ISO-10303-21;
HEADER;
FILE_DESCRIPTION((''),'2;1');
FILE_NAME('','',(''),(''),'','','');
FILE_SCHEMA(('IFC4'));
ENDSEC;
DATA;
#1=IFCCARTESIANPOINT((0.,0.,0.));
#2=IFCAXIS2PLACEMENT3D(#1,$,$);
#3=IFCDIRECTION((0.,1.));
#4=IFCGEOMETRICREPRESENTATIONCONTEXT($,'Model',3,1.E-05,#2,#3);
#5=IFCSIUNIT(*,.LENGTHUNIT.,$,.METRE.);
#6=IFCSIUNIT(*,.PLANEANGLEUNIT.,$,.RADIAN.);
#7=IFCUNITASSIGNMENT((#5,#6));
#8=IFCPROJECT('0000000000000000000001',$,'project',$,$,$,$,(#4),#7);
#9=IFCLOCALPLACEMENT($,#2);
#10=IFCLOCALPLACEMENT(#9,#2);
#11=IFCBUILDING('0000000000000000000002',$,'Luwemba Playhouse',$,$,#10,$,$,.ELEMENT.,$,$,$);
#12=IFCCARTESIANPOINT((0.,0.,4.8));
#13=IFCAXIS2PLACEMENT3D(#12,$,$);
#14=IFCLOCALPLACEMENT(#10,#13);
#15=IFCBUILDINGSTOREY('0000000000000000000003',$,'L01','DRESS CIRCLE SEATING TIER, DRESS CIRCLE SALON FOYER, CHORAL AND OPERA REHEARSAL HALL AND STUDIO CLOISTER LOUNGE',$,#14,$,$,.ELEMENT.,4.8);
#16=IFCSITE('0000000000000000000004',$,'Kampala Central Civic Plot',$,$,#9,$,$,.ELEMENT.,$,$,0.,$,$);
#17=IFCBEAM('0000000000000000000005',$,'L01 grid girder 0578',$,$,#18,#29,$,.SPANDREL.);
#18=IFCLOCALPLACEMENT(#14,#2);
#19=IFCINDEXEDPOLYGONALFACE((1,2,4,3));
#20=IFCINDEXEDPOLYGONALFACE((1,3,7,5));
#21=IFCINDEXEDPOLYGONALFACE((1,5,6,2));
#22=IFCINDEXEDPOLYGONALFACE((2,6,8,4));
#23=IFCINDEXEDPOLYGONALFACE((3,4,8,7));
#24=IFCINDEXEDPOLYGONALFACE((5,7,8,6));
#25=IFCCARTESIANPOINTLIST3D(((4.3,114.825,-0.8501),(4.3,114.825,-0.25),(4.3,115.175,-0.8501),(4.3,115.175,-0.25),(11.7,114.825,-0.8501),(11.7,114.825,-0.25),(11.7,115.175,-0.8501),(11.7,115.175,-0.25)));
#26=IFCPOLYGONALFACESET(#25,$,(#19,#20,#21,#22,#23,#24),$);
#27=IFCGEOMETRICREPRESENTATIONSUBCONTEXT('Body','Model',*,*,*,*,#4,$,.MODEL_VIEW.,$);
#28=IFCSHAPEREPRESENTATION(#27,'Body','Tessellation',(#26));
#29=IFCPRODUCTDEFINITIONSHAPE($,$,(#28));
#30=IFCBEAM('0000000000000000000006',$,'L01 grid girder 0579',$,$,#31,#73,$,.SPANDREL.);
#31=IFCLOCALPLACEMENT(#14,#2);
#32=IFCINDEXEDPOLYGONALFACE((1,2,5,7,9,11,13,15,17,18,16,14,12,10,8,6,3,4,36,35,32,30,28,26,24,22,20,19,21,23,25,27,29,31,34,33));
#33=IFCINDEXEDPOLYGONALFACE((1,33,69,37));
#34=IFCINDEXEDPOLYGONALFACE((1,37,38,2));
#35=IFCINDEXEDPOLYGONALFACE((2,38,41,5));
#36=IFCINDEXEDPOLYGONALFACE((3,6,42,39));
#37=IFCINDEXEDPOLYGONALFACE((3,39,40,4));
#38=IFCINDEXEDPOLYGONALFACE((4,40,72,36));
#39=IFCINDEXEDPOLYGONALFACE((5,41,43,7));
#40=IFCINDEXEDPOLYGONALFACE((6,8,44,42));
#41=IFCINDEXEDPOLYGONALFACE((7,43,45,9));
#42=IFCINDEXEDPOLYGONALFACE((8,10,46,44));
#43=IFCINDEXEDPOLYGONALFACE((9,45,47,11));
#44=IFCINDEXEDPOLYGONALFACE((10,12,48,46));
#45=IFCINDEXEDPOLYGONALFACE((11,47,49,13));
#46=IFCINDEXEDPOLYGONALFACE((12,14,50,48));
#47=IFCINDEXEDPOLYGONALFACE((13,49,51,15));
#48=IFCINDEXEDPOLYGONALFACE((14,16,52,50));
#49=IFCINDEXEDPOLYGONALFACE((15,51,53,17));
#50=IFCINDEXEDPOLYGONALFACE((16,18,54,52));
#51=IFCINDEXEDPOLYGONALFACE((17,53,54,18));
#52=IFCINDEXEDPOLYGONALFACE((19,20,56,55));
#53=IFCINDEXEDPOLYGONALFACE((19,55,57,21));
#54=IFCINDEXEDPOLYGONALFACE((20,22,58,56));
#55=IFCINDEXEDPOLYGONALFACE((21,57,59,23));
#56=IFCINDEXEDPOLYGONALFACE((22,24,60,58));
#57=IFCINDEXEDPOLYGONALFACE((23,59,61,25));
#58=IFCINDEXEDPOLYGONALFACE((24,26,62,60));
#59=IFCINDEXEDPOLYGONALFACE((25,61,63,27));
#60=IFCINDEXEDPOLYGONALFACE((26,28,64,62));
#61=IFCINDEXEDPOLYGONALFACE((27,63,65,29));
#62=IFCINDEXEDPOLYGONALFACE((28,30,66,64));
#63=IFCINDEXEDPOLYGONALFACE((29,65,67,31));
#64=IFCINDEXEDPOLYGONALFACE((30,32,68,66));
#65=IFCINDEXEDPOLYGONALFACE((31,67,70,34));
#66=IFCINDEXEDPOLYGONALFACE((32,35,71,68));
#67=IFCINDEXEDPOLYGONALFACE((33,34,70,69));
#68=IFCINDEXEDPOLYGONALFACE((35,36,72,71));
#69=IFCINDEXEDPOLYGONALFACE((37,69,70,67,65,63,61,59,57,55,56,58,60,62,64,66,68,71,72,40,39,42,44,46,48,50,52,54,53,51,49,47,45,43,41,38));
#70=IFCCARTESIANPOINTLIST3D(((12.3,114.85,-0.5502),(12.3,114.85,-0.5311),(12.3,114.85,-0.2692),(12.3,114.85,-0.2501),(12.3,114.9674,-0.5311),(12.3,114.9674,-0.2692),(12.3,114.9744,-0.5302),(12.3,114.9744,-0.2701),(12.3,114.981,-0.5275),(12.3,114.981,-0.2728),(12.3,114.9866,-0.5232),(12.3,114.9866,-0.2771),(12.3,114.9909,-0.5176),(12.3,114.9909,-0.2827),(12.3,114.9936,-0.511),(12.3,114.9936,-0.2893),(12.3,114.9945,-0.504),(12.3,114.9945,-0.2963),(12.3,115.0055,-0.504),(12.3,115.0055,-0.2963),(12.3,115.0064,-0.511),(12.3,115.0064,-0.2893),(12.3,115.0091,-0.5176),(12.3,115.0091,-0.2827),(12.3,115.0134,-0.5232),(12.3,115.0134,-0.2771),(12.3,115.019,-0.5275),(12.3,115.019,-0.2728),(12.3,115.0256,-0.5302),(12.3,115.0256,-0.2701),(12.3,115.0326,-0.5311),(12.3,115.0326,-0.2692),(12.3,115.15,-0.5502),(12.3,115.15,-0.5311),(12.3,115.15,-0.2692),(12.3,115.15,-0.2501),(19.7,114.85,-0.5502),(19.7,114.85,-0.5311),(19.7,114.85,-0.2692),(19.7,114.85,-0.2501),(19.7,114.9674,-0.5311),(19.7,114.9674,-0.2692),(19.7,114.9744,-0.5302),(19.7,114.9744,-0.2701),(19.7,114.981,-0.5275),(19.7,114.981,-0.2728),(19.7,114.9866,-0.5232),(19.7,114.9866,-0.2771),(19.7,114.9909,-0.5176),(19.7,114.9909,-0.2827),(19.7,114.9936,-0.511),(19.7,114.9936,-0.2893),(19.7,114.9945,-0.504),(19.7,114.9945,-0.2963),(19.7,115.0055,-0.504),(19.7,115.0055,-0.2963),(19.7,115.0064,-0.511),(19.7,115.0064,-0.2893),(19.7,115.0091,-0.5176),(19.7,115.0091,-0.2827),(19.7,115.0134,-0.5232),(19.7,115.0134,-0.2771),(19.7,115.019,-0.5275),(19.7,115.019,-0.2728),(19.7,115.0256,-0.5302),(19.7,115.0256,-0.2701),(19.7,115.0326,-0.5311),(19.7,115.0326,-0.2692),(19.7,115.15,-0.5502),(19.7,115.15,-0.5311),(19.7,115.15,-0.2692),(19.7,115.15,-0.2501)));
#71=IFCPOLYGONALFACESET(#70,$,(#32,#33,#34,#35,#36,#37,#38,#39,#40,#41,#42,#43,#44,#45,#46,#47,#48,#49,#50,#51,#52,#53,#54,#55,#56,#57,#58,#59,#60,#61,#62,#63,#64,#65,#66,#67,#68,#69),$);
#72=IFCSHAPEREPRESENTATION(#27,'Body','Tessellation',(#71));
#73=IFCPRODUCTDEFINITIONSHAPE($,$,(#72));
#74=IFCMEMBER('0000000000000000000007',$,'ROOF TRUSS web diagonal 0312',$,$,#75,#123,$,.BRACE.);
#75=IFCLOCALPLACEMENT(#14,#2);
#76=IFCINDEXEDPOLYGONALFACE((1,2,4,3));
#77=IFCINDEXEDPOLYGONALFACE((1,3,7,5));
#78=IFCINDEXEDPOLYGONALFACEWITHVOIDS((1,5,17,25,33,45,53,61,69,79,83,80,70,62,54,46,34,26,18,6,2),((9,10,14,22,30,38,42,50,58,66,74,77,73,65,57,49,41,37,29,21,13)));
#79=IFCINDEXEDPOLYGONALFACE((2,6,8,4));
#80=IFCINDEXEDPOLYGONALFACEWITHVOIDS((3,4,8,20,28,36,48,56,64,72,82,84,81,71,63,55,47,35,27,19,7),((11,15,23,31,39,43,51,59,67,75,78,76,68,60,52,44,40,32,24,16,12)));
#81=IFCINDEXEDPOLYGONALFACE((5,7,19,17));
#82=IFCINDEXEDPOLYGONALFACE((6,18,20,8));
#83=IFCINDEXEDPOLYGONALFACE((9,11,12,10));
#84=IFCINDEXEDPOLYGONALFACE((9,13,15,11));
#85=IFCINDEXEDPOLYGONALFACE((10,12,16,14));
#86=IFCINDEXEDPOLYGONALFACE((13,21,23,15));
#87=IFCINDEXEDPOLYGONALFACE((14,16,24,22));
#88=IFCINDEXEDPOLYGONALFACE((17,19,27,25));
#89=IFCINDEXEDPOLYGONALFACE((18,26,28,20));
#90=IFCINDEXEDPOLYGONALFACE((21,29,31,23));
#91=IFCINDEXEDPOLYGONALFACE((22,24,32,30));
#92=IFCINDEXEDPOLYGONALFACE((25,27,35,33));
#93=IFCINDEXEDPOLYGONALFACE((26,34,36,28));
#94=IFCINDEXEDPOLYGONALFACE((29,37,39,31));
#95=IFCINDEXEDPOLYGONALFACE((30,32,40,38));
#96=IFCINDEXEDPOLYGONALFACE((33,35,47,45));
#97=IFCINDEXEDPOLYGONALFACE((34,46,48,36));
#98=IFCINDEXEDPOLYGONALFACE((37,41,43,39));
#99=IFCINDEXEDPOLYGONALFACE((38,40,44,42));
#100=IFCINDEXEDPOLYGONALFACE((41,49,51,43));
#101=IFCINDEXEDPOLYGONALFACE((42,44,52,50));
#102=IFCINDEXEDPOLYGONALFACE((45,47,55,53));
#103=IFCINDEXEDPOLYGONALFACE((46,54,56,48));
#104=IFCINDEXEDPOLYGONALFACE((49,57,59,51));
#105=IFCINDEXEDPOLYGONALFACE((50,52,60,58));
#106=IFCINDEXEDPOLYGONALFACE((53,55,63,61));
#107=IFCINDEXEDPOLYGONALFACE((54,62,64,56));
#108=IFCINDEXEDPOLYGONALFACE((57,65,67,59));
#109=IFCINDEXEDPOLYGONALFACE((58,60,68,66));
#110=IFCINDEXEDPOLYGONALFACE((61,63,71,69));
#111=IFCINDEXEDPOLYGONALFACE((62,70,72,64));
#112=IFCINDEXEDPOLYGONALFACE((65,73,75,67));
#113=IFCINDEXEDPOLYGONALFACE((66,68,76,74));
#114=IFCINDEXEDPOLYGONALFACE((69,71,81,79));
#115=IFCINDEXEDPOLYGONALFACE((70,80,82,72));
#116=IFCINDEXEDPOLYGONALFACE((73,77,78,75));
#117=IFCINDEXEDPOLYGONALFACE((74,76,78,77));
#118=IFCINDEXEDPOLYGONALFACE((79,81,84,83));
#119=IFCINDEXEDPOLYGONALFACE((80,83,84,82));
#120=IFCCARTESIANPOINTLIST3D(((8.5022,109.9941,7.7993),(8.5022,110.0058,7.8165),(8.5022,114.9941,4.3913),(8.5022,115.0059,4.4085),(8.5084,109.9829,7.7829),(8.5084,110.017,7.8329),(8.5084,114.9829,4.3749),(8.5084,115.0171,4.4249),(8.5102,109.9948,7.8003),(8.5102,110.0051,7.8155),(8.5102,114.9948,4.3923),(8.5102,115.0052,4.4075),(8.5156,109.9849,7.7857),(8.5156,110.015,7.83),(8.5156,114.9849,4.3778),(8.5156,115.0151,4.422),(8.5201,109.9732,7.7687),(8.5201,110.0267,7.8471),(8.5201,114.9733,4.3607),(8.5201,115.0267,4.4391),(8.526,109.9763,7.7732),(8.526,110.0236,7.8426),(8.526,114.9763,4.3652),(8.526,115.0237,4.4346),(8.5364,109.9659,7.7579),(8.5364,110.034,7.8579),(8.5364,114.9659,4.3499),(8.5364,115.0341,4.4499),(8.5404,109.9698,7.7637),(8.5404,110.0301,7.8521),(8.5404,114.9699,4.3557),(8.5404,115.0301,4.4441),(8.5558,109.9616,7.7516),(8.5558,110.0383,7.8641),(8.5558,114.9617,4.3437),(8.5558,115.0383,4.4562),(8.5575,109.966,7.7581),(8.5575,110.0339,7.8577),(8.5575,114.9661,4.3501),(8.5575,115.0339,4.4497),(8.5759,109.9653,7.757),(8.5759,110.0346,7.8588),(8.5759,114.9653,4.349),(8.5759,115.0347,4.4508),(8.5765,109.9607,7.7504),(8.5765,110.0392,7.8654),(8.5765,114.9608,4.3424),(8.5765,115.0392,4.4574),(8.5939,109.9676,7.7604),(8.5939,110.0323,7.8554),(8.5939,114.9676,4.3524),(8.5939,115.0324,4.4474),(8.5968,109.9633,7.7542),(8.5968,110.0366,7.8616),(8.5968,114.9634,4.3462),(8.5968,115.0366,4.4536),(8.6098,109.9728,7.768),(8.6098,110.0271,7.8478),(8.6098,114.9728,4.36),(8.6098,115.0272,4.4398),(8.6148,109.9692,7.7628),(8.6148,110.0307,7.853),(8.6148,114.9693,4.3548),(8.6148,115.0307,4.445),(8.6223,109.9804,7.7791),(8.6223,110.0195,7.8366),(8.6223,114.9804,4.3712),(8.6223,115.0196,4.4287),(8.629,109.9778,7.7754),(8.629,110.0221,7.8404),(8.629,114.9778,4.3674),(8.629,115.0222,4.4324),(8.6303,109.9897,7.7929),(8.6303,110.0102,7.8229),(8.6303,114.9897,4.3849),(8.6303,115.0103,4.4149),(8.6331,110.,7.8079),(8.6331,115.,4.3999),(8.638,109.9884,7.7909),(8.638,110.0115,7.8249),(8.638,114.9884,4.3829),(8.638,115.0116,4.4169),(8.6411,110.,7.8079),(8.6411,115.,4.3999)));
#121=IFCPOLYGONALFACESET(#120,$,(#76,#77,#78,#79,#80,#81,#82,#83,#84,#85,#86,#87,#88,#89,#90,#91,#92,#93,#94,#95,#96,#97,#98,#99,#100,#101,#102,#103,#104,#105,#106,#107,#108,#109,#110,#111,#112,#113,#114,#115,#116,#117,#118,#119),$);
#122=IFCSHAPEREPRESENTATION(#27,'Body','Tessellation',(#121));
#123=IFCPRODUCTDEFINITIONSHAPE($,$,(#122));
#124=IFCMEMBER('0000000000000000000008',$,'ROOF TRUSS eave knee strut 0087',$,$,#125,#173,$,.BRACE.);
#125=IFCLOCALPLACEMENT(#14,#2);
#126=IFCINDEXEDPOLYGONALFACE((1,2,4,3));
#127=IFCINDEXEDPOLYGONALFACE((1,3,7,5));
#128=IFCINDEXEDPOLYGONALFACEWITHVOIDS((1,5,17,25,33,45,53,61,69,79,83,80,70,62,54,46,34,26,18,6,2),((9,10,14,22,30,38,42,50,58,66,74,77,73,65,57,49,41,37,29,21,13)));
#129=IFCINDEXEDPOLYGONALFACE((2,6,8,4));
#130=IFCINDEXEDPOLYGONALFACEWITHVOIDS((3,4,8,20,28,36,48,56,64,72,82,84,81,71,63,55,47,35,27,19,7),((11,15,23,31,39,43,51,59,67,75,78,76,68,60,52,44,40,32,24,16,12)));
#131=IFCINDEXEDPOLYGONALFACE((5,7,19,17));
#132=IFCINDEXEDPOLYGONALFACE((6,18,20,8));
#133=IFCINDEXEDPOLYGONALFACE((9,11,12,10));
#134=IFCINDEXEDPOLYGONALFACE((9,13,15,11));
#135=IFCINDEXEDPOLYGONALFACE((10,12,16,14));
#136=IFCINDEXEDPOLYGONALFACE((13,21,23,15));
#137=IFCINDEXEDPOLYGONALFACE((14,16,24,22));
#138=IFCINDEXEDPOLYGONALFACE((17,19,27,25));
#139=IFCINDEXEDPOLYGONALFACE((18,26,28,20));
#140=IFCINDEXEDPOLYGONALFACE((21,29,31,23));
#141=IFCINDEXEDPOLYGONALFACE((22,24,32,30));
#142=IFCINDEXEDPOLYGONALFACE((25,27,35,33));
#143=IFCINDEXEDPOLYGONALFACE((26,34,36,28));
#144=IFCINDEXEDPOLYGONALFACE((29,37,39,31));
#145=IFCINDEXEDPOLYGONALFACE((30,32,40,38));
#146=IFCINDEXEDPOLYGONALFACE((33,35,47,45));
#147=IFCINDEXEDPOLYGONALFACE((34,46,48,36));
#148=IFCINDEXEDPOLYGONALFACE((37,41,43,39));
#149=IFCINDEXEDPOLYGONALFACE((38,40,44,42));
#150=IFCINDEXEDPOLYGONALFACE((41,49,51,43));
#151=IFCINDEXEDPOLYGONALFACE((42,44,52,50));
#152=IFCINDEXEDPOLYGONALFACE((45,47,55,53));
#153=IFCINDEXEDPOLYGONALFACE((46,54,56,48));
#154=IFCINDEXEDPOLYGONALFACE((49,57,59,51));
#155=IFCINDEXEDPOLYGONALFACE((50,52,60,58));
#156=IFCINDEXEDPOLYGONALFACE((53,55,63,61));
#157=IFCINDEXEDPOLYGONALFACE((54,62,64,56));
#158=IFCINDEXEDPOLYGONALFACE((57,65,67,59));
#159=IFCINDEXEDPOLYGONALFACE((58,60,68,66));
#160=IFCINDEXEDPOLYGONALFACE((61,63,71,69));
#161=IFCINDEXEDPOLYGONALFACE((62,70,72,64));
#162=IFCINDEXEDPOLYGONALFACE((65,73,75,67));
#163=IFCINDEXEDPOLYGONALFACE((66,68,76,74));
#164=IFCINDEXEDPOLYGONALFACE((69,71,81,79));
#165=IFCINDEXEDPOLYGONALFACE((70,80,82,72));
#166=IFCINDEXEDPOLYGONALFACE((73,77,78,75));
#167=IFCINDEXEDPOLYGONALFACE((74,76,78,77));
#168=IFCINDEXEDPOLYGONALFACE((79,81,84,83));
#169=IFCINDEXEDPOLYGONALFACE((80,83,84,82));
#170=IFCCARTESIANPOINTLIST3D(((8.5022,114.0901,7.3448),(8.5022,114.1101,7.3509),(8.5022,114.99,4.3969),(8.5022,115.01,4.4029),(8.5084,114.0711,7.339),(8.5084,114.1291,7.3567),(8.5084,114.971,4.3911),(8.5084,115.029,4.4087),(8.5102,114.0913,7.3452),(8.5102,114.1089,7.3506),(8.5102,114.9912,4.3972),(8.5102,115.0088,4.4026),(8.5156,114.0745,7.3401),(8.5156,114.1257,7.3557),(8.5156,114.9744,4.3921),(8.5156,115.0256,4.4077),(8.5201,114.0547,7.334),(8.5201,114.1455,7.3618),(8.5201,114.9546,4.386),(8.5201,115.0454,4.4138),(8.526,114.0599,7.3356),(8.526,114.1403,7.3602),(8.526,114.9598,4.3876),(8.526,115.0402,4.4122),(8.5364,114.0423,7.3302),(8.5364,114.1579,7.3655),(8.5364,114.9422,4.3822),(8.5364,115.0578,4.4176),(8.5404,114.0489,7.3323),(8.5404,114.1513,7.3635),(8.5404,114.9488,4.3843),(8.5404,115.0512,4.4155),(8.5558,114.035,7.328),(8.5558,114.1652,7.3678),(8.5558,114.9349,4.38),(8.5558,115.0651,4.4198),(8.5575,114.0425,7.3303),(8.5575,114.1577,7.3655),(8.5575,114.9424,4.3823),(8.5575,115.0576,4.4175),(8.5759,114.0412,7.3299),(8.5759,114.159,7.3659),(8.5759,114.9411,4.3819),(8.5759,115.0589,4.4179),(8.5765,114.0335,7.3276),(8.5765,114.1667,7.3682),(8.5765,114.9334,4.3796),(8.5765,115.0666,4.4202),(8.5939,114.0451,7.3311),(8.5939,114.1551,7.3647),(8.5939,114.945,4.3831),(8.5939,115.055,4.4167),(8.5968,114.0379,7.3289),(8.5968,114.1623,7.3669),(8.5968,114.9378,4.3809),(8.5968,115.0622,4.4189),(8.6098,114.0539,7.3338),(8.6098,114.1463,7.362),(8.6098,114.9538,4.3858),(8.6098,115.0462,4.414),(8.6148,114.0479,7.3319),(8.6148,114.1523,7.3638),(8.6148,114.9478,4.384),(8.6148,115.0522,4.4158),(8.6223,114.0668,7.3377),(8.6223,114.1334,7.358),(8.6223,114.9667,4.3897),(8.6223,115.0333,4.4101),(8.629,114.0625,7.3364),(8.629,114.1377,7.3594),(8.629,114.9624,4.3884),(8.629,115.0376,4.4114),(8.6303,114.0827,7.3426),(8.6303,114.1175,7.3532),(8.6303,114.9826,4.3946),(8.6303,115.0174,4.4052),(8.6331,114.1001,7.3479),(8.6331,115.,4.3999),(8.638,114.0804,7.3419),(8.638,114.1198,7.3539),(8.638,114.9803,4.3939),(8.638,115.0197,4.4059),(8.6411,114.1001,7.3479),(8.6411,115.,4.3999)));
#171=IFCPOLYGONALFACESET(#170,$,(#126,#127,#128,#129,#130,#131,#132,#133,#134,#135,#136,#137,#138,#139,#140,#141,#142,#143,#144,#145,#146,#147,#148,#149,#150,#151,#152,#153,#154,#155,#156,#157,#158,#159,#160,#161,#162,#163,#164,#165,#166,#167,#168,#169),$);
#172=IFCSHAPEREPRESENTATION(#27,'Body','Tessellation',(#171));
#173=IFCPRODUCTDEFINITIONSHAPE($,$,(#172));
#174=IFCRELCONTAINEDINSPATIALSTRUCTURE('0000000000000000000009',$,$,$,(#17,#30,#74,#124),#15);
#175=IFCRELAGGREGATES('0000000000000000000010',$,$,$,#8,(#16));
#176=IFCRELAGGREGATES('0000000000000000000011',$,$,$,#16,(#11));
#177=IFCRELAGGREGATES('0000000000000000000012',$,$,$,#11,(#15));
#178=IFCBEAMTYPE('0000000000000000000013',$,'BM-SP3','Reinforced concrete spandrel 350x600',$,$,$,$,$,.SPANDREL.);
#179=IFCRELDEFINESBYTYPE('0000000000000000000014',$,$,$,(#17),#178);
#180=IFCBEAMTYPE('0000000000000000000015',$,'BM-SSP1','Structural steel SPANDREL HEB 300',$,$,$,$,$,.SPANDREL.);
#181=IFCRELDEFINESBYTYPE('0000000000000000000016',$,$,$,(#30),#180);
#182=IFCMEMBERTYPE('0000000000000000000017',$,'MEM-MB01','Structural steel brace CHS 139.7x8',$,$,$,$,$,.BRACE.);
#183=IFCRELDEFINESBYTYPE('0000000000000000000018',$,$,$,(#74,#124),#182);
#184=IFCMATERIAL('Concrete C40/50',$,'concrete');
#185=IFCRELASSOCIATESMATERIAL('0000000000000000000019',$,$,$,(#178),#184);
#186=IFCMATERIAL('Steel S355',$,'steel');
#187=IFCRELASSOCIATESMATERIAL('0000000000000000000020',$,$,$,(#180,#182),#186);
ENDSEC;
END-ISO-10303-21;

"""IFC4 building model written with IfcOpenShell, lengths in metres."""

from ifc_helpers import new_model, si_unit, direction, frame, origin, origin_2d, place, context, subcontext, project, spatial, rectangle, hollow_circle, i_section, extrude, material, material_profile, profile_set, type_object, element, save


model = new_model("IFC4")

# Units and contexts
model_context = context("Model", 3, precision=1e-05, world=origin(), true_north=direction((0.0, 1.0)))
body_context = subcontext(model_context, "Body", "Model", "MODEL_VIEW")
ifc_project = project(units=[si_unit("LENGTHUNIT", "METRE"), si_unit("PLANEANGLEUNIT", "RADIAN")], contexts=[model_context])

# Site, building, storey
site_placement = place(None, origin())
site = spatial("IfcSite", under=ifc_project, at=site_placement, Name="Kampala Central Civic Plot", CompositionType="ELEMENT", RefElevation=0.0)
building_placement = place(site_placement, origin())
building = spatial("IfcBuilding", under=site, at=building_placement, Name="Luwemba Playhouse", CompositionType="ELEMENT")
storey_placement = place(building_placement, frame((0.0, 0.0, 4.8)))
storey = spatial("IfcBuildingStorey", under=building, at=storey_placement, Name="L01", Description="DRESS CIRCLE SEATING TIER, DRESS CIRCLE SALON FOYER, CHORAL AND OPERA REHEARSAL HALL AND STUDIO CLOISTER LOUNGE", CompositionType="ELEMENT", Elevation=4.8)

# Shared definitions
ifc_material_1 = material(Name="Concrete C40/50", Category="concrete")
ifc_material_2 = material(Name="Steel S355", Category="steel")

# Beams
ifc_material_profile_1 = material_profile(ifc_material_1, rectangle(XDim=0.3501, YDim=0.6001, at=origin_2d()))
ifc_profile_set_1 = profile_set([ifc_material_profile_1], Name="Concrete C40/50")
beam_type_1 = type_object("IfcBeamType", Name="BM-SP3", Description="Reinforced concrete spandrel 350x600", PredefinedType="SPANDREL", material=ifc_profile_set_1)
beam_1_placement = place(storey_placement, frame((4.3, 115.0, -0.55), z_axis=(1.0, 0.0, 0.0), x_axis=(0.0, 1.0, 0.0)))
element("IfcBeam", 1, at=beam_1_placement, inside=storey, type_object=beam_type_1, Name="L01 grid girder 0578", PredefinedType="SPANDREL", context=body_context, shape_type="SweptSolid", body=[
    extrude(rectangle(XDim=0.3501, YDim=0.6001, at=origin_2d()), origin(), (0.0, 0.0, 1.0), 7.3999),
])
ifc_material_profile_2 = material_profile(ifc_material_2, i_section(OverallWidth=0.3, OverallDepth=0.3, WebThickness=0.011, FlangeThickness=0.019, FilletRadius=0.0271, at=origin_2d()))
ifc_profile_set_2 = profile_set([ifc_material_profile_2], Name="Steel S355")
beam_type_2 = type_object("IfcBeamType", Name="BM-SSP1", Description="Structural steel SPANDREL HEB 300", PredefinedType="SPANDREL", material=ifc_profile_set_2)
beam_2_placement = place(storey_placement, frame((12.3, 115.0, -0.4001), z_axis=(1.0, 0.0, 0.0), x_axis=(0.0, 1.0, 0.0)))
element("IfcBeam", 2, at=beam_2_placement, inside=storey, type_object=beam_type_2, Name="L01 grid girder 0579", PredefinedType="SPANDREL", context=body_context, shape_type="SweptSolid", body=[
    extrude(i_section(OverallWidth=0.3, OverallDepth=0.3, WebThickness=0.011, FlangeThickness=0.019, FilletRadius=0.0271, at=origin_2d()), origin(), (0.0, 0.0, 1.0), 7.3999),
])

# Members
ifc_material_profile_3 = material_profile(ifc_material_2, hollow_circle(Radius=0.0698, WallThickness=0.0081, at=origin_2d()))
ifc_profile_set_3 = profile_set([ifc_material_profile_3], Name="Steel S355")
member_type_1 = type_object("IfcMemberType", Name="MEM-MB01", Description="Structural steel brace CHS 139.7x8", PredefinedType="BRACE", material=ifc_profile_set_3)
member_1_placement = place(storey_placement, frame((8.5713, 115.0, 4.3999), z_axis=(0.0, -0.826314, 0.563209), x_axis=(1.0, 0.0, 0.0)))
element("IfcMember", 3, at=member_1_placement, inside=storey, type_object=member_type_1, Name="ROOF TRUSS web diagonal 0312", PredefinedType="BRACE", context=body_context, shape_type="SweptSolid", body=[
    extrude(hollow_circle(Radius=0.0698, WallThickness=0.0081, at=origin_2d()), origin(), (0.0, 0.0, 1.0), 6.051),
])
member_2_placement = place(storey_placement, frame((8.5713, 115.0, 4.3999), z_axis=(0.0, -0.291959, 0.956431), x_axis=(1.0, 0.0, 0.0)))
element("IfcMember", 4, at=member_2_placement, inside=storey, type_object=member_type_1, Name="ROOF TRUSS eave knee strut 0087", PredefinedType="BRACE", context=body_context, shape_type="SweptSolid", body=[
    extrude(hollow_circle(Radius=0.0698, WallThickness=0.0081, at=origin_2d()), origin(), (0.0, 0.0, 1.0), 3.0823),
])

save(model, "model.ifc")
